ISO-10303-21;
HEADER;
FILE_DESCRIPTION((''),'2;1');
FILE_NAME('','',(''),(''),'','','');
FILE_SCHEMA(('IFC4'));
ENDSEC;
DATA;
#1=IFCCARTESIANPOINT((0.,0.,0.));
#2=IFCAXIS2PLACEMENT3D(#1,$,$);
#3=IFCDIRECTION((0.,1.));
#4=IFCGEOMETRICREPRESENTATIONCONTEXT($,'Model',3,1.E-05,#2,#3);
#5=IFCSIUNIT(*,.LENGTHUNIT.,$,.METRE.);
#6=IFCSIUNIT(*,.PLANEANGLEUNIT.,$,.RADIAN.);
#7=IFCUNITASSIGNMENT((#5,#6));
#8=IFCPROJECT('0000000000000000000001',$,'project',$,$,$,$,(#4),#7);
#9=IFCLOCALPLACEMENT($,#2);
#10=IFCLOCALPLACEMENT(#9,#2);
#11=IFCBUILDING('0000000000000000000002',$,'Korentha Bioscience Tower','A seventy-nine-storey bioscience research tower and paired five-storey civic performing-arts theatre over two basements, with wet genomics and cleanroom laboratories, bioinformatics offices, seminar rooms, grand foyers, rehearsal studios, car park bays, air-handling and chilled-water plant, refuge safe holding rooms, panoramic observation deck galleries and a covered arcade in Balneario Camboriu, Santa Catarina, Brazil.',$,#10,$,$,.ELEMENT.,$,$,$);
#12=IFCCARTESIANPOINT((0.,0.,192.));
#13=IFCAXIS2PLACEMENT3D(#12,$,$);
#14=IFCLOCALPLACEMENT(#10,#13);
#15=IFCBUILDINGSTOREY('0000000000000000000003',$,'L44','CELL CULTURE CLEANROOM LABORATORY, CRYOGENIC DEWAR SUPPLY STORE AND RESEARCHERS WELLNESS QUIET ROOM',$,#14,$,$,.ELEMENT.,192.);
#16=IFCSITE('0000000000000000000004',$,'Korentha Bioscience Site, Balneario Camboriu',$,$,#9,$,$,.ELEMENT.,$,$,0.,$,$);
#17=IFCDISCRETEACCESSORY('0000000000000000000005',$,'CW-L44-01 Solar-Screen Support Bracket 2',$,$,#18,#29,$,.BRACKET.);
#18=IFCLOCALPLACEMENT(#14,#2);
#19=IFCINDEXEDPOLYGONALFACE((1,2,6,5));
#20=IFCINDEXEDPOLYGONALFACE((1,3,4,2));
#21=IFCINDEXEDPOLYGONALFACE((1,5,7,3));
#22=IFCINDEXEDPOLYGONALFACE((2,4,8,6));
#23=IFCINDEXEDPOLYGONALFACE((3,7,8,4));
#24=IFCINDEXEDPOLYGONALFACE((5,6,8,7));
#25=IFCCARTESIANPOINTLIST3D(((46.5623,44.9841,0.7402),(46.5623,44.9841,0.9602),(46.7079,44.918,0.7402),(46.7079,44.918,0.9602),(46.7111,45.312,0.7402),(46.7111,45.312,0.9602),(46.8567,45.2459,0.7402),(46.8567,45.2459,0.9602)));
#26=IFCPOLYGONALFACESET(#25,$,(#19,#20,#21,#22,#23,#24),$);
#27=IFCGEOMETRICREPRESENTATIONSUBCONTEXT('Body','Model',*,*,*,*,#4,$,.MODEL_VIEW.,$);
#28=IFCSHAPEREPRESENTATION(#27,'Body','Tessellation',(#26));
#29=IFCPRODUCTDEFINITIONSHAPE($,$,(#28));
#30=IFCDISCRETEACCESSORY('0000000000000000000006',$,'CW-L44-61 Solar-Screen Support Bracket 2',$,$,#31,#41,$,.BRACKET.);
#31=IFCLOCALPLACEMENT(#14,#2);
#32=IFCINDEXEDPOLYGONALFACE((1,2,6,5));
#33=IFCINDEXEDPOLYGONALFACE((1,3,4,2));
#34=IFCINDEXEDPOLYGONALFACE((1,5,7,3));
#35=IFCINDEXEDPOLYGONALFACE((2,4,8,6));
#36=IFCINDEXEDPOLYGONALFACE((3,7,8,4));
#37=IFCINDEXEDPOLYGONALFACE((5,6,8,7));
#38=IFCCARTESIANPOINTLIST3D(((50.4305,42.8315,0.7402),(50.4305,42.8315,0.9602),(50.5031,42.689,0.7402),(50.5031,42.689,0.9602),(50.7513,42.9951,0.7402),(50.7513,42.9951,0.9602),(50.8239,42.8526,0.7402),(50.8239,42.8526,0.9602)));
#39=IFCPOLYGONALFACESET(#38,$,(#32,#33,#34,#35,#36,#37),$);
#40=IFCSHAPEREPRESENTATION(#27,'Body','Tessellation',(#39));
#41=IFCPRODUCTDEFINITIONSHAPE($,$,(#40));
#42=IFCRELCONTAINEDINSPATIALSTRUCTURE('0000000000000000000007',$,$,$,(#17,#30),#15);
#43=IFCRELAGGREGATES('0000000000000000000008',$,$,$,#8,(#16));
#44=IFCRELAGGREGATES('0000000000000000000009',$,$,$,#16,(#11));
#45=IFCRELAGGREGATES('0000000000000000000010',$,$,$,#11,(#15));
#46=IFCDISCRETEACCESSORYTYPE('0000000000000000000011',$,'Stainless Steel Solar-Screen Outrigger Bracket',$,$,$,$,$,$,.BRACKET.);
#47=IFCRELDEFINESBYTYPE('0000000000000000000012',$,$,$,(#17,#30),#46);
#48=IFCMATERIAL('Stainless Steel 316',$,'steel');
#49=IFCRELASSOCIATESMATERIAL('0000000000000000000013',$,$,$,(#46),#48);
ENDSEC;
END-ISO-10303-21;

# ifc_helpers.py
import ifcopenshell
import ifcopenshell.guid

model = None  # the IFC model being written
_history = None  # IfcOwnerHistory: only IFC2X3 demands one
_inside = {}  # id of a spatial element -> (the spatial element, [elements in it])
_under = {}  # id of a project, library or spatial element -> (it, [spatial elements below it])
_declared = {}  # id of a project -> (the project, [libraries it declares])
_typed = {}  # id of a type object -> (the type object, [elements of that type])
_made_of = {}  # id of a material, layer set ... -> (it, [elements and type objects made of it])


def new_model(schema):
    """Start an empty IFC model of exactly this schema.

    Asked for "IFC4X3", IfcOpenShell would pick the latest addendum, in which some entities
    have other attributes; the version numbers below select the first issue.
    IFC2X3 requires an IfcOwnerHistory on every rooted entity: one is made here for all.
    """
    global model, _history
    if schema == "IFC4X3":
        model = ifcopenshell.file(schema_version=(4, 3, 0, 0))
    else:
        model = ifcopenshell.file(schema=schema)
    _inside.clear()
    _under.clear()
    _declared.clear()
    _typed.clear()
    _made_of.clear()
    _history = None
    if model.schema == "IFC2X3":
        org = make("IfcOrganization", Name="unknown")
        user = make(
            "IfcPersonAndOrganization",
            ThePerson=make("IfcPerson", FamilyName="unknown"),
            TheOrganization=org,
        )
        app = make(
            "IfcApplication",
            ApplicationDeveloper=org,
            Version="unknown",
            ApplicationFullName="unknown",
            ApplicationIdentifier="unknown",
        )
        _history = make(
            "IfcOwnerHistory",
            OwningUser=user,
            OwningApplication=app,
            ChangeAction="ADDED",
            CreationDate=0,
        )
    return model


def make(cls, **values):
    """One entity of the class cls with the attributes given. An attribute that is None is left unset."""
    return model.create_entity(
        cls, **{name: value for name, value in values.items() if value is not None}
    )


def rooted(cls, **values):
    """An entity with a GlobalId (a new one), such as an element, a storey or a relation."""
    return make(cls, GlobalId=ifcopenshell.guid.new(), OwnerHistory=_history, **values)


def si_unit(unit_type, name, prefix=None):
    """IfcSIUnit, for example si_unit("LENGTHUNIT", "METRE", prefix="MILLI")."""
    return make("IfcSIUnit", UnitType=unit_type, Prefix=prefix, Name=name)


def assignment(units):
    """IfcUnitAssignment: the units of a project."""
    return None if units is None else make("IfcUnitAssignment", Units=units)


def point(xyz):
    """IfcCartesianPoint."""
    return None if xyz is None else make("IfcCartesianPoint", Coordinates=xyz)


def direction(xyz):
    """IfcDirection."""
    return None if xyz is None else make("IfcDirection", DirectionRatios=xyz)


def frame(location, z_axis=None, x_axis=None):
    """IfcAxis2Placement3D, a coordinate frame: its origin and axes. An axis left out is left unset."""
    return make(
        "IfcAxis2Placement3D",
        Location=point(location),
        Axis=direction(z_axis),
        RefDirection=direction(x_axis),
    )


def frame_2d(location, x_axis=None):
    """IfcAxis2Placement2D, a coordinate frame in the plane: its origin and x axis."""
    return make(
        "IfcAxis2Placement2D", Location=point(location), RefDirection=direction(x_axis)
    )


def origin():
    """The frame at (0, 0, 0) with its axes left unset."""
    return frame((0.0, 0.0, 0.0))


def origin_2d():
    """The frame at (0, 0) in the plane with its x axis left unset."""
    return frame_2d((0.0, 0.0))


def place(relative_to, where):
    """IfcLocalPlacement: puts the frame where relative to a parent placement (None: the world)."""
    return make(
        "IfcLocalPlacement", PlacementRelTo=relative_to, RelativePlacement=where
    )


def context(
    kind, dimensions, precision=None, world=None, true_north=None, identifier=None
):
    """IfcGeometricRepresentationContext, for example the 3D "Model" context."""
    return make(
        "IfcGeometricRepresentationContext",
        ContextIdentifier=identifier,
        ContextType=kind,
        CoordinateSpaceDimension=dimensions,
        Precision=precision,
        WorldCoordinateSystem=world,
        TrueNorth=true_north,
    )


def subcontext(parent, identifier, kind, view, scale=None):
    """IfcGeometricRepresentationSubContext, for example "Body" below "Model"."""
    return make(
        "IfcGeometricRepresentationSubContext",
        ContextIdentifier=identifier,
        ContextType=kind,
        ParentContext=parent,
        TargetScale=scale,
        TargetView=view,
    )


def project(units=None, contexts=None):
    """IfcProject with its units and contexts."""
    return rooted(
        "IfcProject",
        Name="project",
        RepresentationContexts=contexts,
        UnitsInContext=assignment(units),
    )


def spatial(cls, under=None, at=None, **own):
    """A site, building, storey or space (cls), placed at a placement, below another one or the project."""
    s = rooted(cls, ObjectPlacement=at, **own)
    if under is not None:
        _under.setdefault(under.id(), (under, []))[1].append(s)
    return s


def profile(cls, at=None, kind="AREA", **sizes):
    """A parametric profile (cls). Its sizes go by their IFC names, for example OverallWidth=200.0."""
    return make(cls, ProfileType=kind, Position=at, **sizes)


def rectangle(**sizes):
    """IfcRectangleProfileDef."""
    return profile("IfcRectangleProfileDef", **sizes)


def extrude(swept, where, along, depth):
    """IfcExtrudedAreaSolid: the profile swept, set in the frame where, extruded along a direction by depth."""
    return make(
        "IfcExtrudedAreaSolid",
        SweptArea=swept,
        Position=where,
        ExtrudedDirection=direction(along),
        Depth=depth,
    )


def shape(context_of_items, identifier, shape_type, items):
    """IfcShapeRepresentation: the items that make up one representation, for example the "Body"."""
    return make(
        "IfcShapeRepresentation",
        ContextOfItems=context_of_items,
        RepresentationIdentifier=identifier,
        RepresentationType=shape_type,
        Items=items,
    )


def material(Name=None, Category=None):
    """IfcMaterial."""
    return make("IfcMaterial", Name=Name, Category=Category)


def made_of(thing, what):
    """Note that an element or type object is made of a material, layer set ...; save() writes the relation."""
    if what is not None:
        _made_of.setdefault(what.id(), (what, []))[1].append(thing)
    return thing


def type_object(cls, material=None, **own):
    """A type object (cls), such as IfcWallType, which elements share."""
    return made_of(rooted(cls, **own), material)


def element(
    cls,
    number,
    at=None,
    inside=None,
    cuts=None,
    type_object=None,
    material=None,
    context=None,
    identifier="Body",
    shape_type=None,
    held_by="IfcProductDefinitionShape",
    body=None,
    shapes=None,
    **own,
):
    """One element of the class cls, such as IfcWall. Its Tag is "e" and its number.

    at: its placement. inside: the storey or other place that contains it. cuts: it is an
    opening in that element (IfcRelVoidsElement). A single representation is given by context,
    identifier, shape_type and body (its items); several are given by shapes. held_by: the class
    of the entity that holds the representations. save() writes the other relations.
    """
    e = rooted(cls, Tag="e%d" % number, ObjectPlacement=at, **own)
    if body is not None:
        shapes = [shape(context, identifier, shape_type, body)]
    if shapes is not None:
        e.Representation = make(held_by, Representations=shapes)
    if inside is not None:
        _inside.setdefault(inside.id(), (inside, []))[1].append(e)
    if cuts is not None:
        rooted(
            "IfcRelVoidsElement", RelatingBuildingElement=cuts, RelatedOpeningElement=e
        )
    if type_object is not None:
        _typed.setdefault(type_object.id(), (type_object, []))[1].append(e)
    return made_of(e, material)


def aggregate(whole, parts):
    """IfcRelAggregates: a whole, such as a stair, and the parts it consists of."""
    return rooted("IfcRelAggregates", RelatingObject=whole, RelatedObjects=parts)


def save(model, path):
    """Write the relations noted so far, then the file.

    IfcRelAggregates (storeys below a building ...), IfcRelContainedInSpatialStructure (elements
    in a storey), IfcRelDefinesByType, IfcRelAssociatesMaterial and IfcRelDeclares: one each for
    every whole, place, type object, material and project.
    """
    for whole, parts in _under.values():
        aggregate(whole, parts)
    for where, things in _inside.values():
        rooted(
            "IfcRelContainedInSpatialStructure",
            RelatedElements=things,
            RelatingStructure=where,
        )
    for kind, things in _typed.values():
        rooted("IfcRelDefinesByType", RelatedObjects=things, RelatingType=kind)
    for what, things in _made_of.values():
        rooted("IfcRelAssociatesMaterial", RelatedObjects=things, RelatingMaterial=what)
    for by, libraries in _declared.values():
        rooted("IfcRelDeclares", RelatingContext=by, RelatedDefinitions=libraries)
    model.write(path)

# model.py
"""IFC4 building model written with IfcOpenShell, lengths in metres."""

from ifc_helpers import new_model, si_unit, direction, frame, origin, origin_2d, place, context, subcontext, project, spatial, rectangle, extrude, material, type_object, element, save


model = new_model("IFC4")

# Units and contexts
model_context = context("Model", 3, precision=1e-05, world=origin(), true_north=direction((0.0, 1.0)))
body_context = subcontext(model_context, "Body", "Model", "MODEL_VIEW")
ifc_project = project(units=[si_unit("LENGTHUNIT", "METRE"), si_unit("PLANEANGLEUNIT", "RADIAN")], contexts=[model_context])

# Site, building, storey
site_placement = place(None, origin())
site = spatial("IfcSite", under=ifc_project, at=site_placement, Name="Korentha Bioscience Site, Balneario Camboriu", CompositionType="ELEMENT", RefElevation=0.0)
building_placement = place(site_placement, origin())
building = spatial("IfcBuilding", under=site, at=building_placement, Name="Korentha Bioscience Tower", Description="A seventy-nine-storey bioscience research tower and paired five-storey civic performing-arts theatre over two basements, with wet genomics and cleanroom laboratories, bioinformatics offices, seminar rooms, grand foyers, rehearsal studios, car park bays, air-handling and chilled-water plant, refuge safe holding rooms, panoramic observation deck galleries and a covered arcade in Balneario Camboriu, Santa Catarina, Brazil.", CompositionType="ELEMENT")
storey_placement = place(building_placement, frame((0.0, 0.0, 192.0)))
storey = spatial("IfcBuildingStorey", under=building, at=storey_placement, Name="L44", Description="CELL CULTURE CLEANROOM LABORATORY, CRYOGENIC DEWAR SUPPLY STORE AND RESEARCHERS WELLNESS QUIET ROOM", CompositionType="ELEMENT", Elevation=192.0)

# Discrete accessories
ifc_material_1 = material(Name="Stainless Steel 316", Category="steel")
discrete_accessory_type = type_object("IfcDiscreteAccessoryType", Name="Stainless Steel Solar-Screen Outrigger Bracket", PredefinedType="BRACKET", material=ifc_material_1)
for number, where, z_axis, x_axis, name in (
    (1, (46.7095, 45.115, 0.7402), (0.0, 0.0, 1.0), (-0.910644, 0.413191, 0.0), "CW-L44-01 Solar-Screen Support Bracket 2"),
    (2, (50.6272, 42.842, 0.7402), (0.0, 0.0, 1.0), (-0.454288, 0.890855, 0.0), "CW-L44-61 Solar-Screen Support Bracket 2"),
):
    element("IfcDiscreteAccessory", number, at=place(storey_placement, frame(where, z_axis=z_axis, x_axis=x_axis)), inside=storey, type_object=discrete_accessory_type, Name=name, PredefinedType="BRACKET", context=body_context, shape_type="SweptSolid", body=[
        extrude(rectangle(XDim=0.1599, YDim=0.3601, at=origin_2d()), origin(), (0.0, 0.0, 1.0), 0.22),
    ])

save(model, "model.ifc")
